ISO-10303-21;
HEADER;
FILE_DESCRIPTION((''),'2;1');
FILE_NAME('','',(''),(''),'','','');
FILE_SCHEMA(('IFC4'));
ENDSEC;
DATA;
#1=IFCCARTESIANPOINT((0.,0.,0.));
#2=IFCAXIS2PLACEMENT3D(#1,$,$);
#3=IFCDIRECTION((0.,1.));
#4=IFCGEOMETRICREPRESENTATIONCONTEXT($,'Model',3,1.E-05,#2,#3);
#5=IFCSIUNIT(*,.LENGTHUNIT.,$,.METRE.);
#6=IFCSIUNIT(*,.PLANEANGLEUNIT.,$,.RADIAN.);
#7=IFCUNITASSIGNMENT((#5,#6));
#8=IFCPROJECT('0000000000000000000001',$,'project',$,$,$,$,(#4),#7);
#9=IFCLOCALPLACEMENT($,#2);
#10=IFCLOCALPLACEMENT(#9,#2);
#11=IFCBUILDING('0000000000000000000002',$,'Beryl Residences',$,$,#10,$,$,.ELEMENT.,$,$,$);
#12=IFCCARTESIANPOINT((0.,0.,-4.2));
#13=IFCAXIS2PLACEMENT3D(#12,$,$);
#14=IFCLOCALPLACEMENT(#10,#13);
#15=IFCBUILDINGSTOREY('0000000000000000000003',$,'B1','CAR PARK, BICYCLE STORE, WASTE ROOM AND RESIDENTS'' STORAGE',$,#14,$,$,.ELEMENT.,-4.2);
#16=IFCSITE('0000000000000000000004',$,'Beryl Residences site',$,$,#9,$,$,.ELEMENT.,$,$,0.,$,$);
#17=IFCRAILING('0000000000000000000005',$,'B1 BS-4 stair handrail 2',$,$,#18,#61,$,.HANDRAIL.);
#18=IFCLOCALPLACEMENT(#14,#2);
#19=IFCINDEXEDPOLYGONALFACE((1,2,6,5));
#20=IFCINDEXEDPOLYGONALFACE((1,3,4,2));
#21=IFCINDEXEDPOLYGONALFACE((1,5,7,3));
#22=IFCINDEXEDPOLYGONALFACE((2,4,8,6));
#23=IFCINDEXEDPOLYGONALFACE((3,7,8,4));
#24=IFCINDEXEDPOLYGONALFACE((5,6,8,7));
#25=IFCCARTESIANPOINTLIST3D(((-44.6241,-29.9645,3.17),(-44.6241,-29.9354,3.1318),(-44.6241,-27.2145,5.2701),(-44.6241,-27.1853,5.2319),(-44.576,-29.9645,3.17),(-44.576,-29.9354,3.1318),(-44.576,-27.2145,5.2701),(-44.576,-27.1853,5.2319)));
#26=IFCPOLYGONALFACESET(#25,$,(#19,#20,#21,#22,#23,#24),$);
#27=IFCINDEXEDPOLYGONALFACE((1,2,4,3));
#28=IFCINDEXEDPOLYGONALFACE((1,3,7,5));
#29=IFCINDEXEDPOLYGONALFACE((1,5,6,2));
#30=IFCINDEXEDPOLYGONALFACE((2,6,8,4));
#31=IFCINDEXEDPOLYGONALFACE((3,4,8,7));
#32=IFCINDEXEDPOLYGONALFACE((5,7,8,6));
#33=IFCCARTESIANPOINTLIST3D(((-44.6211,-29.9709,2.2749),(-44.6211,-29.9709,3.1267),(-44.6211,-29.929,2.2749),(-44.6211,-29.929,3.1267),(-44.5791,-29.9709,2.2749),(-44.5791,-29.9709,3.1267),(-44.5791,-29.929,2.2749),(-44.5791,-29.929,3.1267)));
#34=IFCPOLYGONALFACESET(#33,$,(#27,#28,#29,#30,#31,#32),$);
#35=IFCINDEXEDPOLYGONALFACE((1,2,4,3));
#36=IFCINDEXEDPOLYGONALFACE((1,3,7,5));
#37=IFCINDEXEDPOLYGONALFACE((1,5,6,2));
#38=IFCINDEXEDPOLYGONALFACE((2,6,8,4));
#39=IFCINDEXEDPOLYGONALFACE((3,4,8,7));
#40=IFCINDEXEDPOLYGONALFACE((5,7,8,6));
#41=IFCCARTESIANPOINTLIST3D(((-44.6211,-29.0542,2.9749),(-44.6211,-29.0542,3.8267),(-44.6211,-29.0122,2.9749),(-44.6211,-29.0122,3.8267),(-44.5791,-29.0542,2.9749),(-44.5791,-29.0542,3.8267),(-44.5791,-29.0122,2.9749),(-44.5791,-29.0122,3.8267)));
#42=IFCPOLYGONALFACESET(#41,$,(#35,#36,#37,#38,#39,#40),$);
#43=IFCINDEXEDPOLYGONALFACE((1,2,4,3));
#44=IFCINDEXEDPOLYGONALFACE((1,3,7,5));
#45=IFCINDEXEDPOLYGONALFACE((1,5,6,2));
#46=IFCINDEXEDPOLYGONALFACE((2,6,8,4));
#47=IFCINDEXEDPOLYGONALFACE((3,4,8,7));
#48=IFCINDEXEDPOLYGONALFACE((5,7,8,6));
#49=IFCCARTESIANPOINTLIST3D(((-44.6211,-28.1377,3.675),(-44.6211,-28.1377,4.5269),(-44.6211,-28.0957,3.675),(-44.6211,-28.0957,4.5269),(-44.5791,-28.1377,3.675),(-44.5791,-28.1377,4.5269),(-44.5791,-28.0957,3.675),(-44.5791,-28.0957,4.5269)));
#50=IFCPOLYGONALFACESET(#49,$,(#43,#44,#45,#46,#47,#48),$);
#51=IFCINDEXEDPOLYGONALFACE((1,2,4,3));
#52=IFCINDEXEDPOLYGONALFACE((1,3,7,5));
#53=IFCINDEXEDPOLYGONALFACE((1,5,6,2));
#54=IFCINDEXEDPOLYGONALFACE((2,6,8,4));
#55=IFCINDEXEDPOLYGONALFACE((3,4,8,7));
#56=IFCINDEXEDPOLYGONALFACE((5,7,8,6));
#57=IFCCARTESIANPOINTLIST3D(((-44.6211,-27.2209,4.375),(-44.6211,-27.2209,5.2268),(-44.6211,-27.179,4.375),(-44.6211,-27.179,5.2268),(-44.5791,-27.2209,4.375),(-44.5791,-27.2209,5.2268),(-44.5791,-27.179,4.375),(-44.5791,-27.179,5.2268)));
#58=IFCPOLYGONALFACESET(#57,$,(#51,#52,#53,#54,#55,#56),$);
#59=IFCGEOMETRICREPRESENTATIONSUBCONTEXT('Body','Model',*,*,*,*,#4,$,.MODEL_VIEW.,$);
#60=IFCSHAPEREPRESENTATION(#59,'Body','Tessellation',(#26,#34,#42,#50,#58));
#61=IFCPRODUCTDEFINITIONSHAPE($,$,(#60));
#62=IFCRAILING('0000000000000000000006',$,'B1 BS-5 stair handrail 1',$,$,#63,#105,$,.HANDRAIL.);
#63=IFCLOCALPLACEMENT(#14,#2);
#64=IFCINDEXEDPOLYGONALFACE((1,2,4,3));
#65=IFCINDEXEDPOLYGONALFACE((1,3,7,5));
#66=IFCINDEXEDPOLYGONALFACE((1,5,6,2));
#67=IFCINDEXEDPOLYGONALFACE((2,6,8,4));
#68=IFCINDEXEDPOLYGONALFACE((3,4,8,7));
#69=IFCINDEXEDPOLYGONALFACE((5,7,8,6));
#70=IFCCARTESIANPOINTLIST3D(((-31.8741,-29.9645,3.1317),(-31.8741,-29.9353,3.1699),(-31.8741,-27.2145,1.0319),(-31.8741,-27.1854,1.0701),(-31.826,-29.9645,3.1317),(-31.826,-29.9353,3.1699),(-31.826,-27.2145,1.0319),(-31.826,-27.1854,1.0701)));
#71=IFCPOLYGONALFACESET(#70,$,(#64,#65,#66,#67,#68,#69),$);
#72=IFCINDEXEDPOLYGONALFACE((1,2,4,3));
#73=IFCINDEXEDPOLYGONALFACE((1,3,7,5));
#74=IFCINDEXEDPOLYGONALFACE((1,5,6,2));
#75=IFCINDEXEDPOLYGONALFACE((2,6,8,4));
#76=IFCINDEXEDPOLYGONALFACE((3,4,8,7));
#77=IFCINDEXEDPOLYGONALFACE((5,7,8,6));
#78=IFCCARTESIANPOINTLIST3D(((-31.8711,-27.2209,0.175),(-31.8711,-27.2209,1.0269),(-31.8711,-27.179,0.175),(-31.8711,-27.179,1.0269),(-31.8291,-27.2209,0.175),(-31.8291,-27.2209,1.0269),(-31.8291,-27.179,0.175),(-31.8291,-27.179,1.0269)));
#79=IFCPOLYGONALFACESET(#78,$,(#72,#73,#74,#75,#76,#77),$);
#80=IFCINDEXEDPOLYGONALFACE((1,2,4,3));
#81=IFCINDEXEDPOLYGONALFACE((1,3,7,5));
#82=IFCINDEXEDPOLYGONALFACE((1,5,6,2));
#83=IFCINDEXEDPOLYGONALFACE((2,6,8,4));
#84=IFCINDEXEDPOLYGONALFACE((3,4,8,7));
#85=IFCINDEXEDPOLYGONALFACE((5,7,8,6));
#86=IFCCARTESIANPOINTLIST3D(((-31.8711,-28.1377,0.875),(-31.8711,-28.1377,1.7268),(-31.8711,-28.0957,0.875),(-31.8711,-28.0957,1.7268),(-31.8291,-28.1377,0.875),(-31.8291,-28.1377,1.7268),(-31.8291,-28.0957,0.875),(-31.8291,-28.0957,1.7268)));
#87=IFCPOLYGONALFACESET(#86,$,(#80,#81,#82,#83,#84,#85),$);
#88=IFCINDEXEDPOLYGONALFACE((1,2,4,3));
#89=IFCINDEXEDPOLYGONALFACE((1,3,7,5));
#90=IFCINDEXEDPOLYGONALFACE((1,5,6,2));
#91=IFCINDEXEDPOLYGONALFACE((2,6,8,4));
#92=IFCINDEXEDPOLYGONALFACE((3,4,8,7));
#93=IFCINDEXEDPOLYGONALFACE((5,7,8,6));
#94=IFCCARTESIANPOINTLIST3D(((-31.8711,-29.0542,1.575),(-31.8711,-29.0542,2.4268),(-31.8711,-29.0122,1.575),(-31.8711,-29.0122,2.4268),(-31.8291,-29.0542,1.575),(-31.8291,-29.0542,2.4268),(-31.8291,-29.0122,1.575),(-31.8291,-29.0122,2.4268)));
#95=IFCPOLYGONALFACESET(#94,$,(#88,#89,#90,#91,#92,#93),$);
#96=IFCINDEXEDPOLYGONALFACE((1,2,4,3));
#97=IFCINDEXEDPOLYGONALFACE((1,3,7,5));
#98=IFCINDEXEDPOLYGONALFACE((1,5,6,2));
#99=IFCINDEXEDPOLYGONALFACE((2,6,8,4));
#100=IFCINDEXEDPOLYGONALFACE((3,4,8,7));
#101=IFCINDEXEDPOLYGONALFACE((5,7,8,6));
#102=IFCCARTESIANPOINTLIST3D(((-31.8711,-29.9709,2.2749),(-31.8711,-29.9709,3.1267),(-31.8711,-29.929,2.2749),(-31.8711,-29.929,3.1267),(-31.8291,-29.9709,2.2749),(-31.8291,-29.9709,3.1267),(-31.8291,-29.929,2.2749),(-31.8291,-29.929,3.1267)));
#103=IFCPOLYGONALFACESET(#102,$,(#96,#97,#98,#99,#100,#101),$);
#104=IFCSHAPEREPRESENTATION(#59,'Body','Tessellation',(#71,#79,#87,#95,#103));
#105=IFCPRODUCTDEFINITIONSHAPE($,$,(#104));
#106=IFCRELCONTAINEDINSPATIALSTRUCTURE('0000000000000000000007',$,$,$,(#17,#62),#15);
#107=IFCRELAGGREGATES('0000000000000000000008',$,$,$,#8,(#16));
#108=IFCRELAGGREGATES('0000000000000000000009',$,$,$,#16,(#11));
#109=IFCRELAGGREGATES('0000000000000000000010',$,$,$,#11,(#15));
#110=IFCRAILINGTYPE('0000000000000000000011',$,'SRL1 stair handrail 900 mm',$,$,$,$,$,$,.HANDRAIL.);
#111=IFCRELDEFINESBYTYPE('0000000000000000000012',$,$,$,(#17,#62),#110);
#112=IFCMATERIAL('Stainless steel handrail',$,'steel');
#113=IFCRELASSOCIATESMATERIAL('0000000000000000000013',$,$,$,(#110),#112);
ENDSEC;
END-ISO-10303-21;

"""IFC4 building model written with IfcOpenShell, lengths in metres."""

from ifc_helpers import new_model, si_unit, direction, frame, origin, origin_2d, place, context, subcontext, project, spatial, rectangle, extrude, material, type_object, element, save


model = new_model("IFC4")

# Units and contexts
model_context = context("Model", 3, precision=1e-05, world=origin(), true_north=direction((0.0, 1.0)))
body_context = subcontext(model_context, "Body", "Model", "MODEL_VIEW")
ifc_project = project(units=[si_unit("LENGTHUNIT", "METRE"), si_unit("PLANEANGLEUNIT", "RADIAN")], contexts=[model_context])

# Site, building, storey
site_placement = place(None, origin())
site = spatial("IfcSite", under=ifc_project, at=site_placement, Name="Beryl Residences site", CompositionType="ELEMENT", RefElevation=0.0)
building_placement = place(site_placement, origin())
building = spatial("IfcBuilding", under=site, at=building_placement, Name="Beryl Residences", CompositionType="ELEMENT")
storey_placement = place(building_placement, frame((0.0, 0.0, -4.2)))
storey = spatial("IfcBuildingStorey", under=building, at=storey_placement, Name="B1", Description="CAR PARK, BICYCLE STORE, WASTE ROOM AND RESIDENTS' STORAGE", CompositionType="ELEMENT", Elevation=-4.2)

# Railings
ifc_material_1 = material(Name="Stainless steel handrail", Category="steel")
railing_type_1 = type_object("IfcRailingType", Name="SRL1 stair handrail 900 mm", PredefinedType="HANDRAIL", material=ifc_material_1)
railing_1_placement = place(storey_placement, frame((-44.6001, -29.95, 2.2749)))
element("IfcRailing", 1, at=railing_1_placement, inside=storey, type_object=railing_type_1, Name="B1 BS-4 stair handrail 2", PredefinedType="HANDRAIL", context=body_context, shape_type="SweptSolid", body=[
    extrude(rectangle(XDim=0.0481, YDim=0.0481, at=origin_2d()), frame((0.0, 0.0, 0.876), z_axis=(0.0, 0.794754, 0.606931), x_axis=(-1.0, 0.0, 0.0)), (0.0, 0.0, 1.0), 3.4602),
    extrude(rectangle(XDim=0.042, YDim=0.042, at=origin_2d()), origin(), (0.0, 0.0, 1.0), 0.8518),
    extrude(rectangle(XDim=0.042, YDim=0.042, at=origin_2d()), frame((0.0, 0.9167, 0.7)), (0.0, 0.0, 1.0), 0.8518),
    extrude(rectangle(XDim=0.042, YDim=0.042, at=origin_2d()), frame((0.0, 1.8333, 1.4001)), (0.0, 0.0, 1.0), 0.8518),
    extrude(rectangle(XDim=0.042, YDim=0.042, at=origin_2d()), frame((0.0, 2.75, 2.1001)), (0.0, 0.0, 1.0), 0.8518),
])
railing_2_placement = place(storey_placement, frame((-31.8501, -27.2, 0.175)))
element("IfcRailing", 2, at=railing_2_placement, inside=storey, type_object=railing_type_1, Name="B1 BS-5 stair handrail 1", PredefinedType="HANDRAIL", context=body_context, shape_type="SweptSolid", body=[
    extrude(rectangle(XDim=0.0481, YDim=0.0481, at=origin_2d()), frame((0.0, 0.0, 0.876), z_axis=(0.0, -0.794788, 0.606887), x_axis=(1.0, 0.0, 0.0)), (0.0, 0.0, 1.0), 3.46),
    extrude(rectangle(XDim=0.042, YDim=0.042, at=origin_2d()), origin(), (0.0, 0.0, 1.0), 0.8518),
    extrude(rectangle(XDim=0.042, YDim=0.042, at=origin_2d()), frame((0.0, -0.9167, 0.7)), (0.0, 0.0, 1.0), 0.8518),
    extrude(rectangle(XDim=0.042, YDim=0.042, at=origin_2d()), frame((0.0, -1.8333, 1.3999)), (0.0, 0.0, 1.0), 0.8518),
    extrude(rectangle(XDim=0.042, YDim=0.042, at=origin_2d()), frame((0.0, -2.75, 2.0999)), (0.0, 0.0, 1.0), 0.8518),
])

save(model, "model.ifc")
